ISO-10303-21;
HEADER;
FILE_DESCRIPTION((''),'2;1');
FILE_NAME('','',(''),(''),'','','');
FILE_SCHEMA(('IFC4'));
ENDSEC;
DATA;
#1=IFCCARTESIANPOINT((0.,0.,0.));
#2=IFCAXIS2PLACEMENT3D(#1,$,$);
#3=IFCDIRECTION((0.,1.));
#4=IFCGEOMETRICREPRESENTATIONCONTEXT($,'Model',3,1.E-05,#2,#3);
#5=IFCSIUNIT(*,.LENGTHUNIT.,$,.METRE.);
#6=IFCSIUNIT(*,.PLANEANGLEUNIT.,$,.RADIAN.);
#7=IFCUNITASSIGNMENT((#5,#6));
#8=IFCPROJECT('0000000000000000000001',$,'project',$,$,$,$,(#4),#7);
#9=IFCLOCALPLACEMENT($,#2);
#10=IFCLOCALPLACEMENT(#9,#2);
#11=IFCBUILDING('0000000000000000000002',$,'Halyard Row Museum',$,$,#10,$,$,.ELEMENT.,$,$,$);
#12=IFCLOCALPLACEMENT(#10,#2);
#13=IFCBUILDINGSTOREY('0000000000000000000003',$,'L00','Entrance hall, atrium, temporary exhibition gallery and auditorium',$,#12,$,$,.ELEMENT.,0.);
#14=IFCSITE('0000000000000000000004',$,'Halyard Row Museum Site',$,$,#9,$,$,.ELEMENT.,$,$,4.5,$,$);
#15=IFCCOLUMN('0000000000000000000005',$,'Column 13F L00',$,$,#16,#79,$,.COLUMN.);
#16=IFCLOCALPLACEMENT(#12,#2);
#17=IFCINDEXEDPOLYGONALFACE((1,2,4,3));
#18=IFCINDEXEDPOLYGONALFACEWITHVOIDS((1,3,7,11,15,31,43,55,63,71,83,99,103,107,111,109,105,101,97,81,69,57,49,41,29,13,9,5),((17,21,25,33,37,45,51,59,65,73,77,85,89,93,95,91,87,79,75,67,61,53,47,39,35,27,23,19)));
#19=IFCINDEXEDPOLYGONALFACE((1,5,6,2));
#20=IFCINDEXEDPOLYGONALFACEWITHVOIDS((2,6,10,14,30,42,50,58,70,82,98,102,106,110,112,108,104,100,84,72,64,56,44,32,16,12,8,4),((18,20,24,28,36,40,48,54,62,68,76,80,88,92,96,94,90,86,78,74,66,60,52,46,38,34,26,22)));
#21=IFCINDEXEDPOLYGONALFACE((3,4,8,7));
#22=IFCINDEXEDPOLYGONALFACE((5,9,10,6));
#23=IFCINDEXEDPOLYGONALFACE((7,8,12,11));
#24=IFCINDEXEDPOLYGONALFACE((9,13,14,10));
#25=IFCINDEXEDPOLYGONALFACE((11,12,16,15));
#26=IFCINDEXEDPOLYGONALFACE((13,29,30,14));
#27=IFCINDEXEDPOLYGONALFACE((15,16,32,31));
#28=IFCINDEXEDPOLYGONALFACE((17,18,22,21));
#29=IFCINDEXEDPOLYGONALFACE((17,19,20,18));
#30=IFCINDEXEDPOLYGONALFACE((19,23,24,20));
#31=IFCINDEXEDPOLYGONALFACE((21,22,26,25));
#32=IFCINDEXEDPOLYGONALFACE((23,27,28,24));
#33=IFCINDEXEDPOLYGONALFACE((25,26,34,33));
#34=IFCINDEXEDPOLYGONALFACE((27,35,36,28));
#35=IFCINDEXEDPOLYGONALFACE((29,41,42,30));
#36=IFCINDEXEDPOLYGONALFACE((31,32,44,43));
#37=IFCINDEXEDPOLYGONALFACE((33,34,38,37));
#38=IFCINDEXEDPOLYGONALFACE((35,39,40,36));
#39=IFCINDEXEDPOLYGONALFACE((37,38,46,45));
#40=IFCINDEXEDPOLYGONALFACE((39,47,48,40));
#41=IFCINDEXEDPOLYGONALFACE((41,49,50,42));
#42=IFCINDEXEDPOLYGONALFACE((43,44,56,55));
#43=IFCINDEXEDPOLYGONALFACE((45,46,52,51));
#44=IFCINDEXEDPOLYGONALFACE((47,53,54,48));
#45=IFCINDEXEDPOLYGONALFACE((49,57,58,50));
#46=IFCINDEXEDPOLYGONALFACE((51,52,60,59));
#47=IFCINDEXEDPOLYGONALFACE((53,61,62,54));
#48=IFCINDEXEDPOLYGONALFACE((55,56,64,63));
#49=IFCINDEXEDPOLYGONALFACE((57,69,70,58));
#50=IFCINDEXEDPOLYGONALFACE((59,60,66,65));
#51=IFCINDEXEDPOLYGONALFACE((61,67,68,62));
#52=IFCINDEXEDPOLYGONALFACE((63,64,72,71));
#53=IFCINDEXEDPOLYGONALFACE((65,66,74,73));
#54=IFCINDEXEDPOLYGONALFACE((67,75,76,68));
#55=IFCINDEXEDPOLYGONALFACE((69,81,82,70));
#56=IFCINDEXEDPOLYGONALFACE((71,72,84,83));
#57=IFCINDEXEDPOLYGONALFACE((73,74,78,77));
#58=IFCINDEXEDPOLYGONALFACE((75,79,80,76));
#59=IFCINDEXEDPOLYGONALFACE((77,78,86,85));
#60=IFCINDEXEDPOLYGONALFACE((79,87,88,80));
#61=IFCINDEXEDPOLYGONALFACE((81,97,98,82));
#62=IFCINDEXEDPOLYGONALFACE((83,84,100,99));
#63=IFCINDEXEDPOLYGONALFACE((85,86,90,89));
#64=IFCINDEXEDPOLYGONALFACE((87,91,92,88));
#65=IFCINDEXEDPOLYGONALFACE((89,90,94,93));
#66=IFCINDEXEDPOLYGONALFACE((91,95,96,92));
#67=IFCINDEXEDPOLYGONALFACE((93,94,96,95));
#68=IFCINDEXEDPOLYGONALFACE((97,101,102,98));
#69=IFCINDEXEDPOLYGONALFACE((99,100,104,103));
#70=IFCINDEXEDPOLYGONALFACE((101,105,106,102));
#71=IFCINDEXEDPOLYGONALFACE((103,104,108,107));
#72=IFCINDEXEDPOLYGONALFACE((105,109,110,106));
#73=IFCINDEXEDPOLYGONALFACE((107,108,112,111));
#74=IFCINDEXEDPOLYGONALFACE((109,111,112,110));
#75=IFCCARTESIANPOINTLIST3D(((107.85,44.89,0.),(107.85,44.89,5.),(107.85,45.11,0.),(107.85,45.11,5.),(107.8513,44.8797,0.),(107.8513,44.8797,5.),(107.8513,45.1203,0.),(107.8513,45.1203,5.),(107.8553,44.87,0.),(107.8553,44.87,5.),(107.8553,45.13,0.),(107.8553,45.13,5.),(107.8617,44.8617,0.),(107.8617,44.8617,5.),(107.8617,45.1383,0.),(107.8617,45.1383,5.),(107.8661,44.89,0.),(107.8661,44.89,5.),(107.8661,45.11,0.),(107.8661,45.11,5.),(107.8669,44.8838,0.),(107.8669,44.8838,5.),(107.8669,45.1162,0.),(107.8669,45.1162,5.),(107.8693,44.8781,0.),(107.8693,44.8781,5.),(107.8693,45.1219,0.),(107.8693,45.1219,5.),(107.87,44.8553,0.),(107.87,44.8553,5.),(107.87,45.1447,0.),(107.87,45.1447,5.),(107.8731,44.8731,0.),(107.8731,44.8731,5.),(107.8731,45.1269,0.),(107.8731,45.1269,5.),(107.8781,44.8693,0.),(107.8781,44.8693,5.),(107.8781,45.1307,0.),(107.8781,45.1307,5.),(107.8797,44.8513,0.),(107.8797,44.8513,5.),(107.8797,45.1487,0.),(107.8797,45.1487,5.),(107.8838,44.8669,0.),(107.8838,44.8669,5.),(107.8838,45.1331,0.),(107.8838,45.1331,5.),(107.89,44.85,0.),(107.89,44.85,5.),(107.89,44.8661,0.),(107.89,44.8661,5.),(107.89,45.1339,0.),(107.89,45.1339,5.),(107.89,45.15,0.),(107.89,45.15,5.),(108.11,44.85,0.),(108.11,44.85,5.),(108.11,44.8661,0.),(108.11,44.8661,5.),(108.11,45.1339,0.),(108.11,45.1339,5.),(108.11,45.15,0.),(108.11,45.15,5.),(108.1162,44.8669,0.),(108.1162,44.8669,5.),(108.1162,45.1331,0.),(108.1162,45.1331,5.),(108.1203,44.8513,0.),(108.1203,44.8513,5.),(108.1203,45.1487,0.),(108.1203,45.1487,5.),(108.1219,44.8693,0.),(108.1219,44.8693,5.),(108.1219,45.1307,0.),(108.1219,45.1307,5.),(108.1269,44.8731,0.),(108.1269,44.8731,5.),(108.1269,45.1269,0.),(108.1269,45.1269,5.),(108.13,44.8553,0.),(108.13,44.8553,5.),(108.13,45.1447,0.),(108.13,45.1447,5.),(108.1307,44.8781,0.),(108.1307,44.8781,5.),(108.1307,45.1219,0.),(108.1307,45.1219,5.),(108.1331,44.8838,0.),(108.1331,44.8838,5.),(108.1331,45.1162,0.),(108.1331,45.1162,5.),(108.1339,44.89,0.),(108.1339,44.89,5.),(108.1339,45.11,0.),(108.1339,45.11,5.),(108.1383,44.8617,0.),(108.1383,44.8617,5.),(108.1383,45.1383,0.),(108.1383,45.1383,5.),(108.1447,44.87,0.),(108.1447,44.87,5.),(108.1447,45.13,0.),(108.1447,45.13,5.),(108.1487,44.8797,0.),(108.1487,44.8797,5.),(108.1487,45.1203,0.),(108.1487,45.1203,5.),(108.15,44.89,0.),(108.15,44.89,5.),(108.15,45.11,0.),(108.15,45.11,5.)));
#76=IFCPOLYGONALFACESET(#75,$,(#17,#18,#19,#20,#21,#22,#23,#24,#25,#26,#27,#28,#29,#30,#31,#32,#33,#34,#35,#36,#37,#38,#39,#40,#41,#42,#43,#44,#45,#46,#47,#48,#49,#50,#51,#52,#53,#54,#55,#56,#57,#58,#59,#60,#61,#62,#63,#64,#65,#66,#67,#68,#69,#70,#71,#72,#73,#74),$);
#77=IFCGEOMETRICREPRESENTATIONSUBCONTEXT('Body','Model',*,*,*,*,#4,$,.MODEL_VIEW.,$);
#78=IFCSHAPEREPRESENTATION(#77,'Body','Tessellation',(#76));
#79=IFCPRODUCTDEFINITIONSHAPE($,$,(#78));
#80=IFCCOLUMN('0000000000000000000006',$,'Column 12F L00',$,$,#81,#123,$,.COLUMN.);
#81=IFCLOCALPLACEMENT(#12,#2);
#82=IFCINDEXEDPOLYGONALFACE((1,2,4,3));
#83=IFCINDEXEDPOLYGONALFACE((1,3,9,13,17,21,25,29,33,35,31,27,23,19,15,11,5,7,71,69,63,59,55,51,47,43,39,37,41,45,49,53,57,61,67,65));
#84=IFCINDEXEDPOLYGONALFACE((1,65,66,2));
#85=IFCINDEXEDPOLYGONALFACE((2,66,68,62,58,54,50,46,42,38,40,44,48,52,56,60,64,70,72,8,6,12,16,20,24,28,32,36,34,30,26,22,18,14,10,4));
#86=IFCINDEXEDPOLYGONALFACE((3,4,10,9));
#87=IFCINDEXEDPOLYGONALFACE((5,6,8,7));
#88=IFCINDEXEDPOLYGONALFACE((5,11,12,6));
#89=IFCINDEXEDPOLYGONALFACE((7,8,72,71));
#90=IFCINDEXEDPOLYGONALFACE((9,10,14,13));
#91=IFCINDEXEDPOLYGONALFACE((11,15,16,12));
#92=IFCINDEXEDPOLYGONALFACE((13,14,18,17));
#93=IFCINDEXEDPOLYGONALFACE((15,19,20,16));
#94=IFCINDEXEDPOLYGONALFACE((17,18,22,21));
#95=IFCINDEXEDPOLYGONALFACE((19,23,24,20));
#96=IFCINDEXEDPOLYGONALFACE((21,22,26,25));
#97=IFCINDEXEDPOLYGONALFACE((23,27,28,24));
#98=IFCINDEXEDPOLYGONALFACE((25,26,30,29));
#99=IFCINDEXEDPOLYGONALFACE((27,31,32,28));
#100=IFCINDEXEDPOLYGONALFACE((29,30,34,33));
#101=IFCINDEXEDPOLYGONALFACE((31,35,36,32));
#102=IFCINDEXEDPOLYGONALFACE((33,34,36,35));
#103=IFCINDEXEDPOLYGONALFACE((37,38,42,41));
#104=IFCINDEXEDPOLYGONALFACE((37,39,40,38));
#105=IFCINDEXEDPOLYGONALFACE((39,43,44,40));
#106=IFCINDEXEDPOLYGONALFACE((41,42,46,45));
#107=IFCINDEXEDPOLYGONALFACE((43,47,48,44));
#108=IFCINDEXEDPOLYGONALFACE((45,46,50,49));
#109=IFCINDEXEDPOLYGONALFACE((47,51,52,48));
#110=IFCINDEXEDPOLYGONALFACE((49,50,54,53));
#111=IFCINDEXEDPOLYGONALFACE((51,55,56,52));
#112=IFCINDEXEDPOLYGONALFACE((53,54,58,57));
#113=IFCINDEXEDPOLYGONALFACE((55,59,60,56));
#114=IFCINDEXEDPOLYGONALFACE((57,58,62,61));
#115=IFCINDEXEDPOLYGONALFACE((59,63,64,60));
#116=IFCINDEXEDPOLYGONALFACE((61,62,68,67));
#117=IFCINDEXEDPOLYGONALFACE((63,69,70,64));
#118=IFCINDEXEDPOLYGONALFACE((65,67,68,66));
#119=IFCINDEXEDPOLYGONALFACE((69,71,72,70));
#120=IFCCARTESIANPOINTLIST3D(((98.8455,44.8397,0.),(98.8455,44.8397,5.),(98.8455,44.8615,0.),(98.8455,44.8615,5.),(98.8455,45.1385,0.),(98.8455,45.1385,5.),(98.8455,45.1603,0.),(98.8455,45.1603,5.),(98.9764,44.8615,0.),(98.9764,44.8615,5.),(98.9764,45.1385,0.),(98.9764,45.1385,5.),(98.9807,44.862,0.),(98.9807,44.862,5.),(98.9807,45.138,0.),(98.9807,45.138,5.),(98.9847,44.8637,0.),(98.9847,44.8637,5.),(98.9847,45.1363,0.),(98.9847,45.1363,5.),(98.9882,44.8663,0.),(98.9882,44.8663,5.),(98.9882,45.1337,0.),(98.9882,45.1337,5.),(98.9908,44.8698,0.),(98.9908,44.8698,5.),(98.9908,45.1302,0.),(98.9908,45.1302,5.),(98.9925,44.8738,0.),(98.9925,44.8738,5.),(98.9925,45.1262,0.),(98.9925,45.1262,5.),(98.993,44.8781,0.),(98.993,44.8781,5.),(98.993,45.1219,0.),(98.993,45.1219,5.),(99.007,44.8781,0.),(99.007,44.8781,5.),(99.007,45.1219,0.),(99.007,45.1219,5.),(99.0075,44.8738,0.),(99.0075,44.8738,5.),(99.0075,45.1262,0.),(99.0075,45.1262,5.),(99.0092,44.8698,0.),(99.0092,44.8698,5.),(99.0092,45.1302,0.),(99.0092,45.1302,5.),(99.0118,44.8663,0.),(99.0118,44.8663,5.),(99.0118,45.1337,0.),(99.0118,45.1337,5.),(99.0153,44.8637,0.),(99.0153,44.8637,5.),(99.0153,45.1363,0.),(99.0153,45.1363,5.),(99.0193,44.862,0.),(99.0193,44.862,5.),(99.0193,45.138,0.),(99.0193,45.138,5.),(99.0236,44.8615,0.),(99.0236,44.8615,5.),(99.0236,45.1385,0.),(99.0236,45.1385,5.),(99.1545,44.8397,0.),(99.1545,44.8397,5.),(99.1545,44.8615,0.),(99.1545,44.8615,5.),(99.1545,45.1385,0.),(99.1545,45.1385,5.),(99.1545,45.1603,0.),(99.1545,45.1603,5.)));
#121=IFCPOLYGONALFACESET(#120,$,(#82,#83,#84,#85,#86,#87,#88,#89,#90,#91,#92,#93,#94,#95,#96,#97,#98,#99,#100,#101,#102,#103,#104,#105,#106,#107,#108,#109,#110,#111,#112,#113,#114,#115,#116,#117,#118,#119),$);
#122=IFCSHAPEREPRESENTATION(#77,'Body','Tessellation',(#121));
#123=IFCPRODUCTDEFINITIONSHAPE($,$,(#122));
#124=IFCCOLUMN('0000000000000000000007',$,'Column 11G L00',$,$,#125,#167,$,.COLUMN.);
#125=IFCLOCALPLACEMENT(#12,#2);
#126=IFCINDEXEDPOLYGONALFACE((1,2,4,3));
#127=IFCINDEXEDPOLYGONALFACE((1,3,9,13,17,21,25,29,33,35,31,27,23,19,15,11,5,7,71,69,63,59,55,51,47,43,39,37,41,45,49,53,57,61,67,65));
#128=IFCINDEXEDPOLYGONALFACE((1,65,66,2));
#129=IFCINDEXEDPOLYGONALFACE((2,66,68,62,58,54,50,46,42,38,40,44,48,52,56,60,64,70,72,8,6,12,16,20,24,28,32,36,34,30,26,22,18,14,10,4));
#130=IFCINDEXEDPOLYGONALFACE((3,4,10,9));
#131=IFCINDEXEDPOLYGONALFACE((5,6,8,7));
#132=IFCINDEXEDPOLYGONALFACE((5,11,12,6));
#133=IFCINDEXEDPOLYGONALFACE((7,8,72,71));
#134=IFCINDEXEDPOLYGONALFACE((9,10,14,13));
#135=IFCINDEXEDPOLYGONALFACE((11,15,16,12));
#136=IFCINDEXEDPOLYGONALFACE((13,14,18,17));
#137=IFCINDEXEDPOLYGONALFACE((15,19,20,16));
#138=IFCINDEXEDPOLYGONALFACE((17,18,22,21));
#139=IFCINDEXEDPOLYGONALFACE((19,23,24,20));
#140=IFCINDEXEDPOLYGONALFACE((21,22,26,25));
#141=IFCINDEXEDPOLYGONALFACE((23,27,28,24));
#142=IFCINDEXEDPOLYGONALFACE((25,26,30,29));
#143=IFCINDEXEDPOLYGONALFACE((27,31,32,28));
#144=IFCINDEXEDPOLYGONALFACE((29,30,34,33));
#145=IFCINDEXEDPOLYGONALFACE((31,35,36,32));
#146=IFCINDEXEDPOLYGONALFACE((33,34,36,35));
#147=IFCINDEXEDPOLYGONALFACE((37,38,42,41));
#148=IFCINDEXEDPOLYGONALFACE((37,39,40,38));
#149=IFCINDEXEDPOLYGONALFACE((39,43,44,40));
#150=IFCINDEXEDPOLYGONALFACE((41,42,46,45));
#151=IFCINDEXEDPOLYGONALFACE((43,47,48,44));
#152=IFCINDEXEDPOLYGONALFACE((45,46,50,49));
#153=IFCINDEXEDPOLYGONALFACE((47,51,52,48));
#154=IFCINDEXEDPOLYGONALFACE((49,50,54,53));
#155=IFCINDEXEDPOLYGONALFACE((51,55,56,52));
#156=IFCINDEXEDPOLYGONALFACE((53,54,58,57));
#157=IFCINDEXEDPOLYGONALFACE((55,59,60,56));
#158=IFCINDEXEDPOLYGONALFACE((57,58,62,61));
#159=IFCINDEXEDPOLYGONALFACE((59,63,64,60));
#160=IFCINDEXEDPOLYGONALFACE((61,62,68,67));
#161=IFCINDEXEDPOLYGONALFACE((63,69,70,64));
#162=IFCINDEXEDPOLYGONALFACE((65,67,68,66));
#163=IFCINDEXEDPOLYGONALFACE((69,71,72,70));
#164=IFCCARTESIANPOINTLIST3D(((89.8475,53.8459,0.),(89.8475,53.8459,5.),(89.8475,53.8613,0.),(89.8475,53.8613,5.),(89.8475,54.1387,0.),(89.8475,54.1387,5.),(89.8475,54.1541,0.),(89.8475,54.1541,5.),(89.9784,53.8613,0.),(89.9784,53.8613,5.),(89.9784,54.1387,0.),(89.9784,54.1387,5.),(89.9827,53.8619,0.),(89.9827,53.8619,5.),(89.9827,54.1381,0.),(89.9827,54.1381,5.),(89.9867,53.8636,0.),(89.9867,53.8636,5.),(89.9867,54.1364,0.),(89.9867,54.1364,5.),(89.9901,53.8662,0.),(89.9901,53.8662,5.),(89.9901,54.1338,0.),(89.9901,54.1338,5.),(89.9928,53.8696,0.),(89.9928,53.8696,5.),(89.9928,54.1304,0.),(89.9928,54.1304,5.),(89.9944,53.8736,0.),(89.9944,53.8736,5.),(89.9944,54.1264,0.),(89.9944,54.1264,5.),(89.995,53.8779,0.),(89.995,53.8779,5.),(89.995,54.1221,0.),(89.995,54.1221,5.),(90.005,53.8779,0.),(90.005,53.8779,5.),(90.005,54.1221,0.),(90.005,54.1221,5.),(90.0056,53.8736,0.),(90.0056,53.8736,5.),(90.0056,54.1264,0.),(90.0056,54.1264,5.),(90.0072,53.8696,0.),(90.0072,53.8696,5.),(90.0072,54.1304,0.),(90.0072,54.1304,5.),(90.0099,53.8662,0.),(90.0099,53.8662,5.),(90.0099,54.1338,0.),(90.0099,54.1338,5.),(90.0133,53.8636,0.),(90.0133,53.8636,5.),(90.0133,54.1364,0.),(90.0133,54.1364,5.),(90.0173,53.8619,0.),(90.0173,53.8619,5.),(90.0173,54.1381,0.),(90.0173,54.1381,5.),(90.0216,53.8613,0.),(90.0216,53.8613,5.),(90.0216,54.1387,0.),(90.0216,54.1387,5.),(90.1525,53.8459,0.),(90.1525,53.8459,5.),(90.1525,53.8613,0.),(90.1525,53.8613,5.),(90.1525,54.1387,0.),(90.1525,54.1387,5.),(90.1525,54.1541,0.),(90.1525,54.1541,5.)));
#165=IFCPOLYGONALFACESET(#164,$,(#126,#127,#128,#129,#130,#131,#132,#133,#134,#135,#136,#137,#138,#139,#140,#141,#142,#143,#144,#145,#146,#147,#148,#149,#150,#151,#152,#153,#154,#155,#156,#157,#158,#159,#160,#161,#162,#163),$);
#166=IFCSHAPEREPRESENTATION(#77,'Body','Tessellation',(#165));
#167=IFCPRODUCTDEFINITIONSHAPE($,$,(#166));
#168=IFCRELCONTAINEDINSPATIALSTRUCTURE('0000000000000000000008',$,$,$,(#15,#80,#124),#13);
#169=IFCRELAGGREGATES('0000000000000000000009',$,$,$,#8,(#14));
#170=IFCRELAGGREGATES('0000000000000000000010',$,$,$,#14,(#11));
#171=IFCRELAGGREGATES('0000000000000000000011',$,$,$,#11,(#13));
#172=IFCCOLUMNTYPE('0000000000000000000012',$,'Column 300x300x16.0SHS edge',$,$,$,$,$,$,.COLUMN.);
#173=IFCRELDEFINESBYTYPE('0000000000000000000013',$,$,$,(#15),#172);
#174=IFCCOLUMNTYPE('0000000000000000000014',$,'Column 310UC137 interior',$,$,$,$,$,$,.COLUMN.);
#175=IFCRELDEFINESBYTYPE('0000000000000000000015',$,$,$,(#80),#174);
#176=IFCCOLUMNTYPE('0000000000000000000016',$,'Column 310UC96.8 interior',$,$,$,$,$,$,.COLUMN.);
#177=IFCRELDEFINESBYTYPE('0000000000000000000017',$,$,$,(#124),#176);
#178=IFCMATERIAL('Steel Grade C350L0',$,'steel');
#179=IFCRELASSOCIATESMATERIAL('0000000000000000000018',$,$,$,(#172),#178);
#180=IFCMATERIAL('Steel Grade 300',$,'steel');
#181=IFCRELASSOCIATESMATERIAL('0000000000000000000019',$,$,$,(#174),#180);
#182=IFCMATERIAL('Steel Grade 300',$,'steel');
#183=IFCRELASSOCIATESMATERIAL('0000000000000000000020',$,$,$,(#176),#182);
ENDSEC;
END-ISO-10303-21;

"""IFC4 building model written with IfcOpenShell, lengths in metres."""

from ifc_helpers import new_model, si_unit, direction, frame, origin, origin_2d, place, context, subcontext, project, spatial, hollow_rectangle, i_section, extrude, material, material_profile, profile_set, type_object, element, save


model = new_model("IFC4")

# Units and contexts
model_context = context("Model", 3, precision=1e-05, world=origin(), true_north=direction((0.0, 1.0)))
body_context = subcontext(model_context, "Body", "Model", "MODEL_VIEW")
ifc_project = project(units=[si_unit("LENGTHUNIT", "METRE"), si_unit("PLANEANGLEUNIT", "RADIAN")], contexts=[model_context])

# Site, building, storey
site_placement = place(None, origin())
site = spatial("IfcSite", under=ifc_project, at=site_placement, Name="Halyard Row Museum Site", CompositionType="ELEMENT", RefElevation=4.5)
building_placement = place(site_placement, origin())
building = spatial("IfcBuilding", under=site, at=building_placement, Name="Halyard Row Museum", CompositionType="ELEMENT")
storey_placement = place(building_placement, origin())
storey = spatial("IfcBuildingStorey", under=building, at=storey_placement, Name="L00", Description="Entrance hall, atrium, temporary exhibition gallery and auditorium", CompositionType="ELEMENT", Elevation=0.0)

# Columns
ifc_material_1 = material(Name="Steel Grade C350L0", Category="steel")
ifc_material_profile_1 = material_profile(ifc_material_1, hollow_rectangle(XDim=0.3, YDim=0.3, WallThickness=0.0161, InnerFilletRadius=0.0239, OuterFilletRadius=0.04, at=origin_2d()), Name="300x300x16.0SHS")
ifc_profile_set_1 = profile_set([ifc_material_profile_1], Name="Steel Grade C350L0")
column_type_1 = type_object("IfcColumnType", Name="Column 300x300x16.0SHS edge", PredefinedType="COLUMN", material=ifc_profile_set_1)
column_1_placement = place(storey_placement, frame((108.0, 45.0, 0.0), z_axis=(0.0, 0.0, 1.0), x_axis=(1.0, 0.0, 0.0)))
element("IfcColumn", 1, at=column_1_placement, inside=storey, type_object=column_type_1, Name="Column 13F L00", PredefinedType="COLUMN", context=body_context, shape_type="SweptSolid", body=[
    extrude(hollow_rectangle(XDim=0.3, YDim=0.3, WallThickness=0.0161, InnerFilletRadius=0.0239, OuterFilletRadius=0.04, at=origin_2d()), origin(), (0.0, 0.0, 1.0), 5.0),
])
ifc_material_2 = material(Name="Steel Grade 300", Category="steel")
ifc_material_profile_2 = material_profile(ifc_material_2, i_section(OverallWidth=0.3091, OverallDepth=0.3206, WebThickness=0.0139, FlangeThickness=0.0217, FilletRadius=0.0166, at=origin_2d()), Name="310UC137")
ifc_profile_set_2 = profile_set([ifc_material_profile_2], Name="Steel Grade 300")
column_type_2 = type_object("IfcColumnType", Name="Column 310UC137 interior", PredefinedType="COLUMN", material=ifc_profile_set_2)
column_2_placement = place(storey_placement, frame((99.0, 45.0, 0.0), z_axis=(0.0, 0.0, 1.0), x_axis=(1.0, 0.0, 0.0)))
element("IfcColumn", 2, at=column_2_placement, inside=storey, type_object=column_type_2, Name="Column 12F L00", PredefinedType="COLUMN", context=body_context, shape_type="SweptSolid", body=[
    extrude(i_section(OverallWidth=0.3091, OverallDepth=0.3206, WebThickness=0.0139, FlangeThickness=0.0217, FilletRadius=0.0166, at=origin_2d()), origin(), (0.0, 0.0, 1.0), 5.0),
])
ifc_material_3 = material(Name="Steel Grade 300", Category="steel")
ifc_material_profile_3 = material_profile(ifc_material_3, i_section(OverallWidth=0.3049, OverallDepth=0.3081, WebThickness=0.01, FlangeThickness=0.0154, FilletRadius=0.0166, at=origin_2d()), Name="310UC96.8")
ifc_profile_set_3 = profile_set([ifc_material_profile_3], Name="Steel Grade 300")
column_type_3 = type_object("IfcColumnType", Name="Column 310UC96.8 interior", PredefinedType="COLUMN", material=ifc_profile_set_3)
column_3_placement = place(storey_placement, frame((90.0, 54.0, 0.0), z_axis=(0.0, 0.0, 1.0), x_axis=(1.0, 0.0, 0.0)))
element("IfcColumn", 3, at=column_3_placement, inside=storey, type_object=column_type_3, Name="Column 11G L00", PredefinedType="COLUMN", context=body_context, shape_type="SweptSolid", body=[
    extrude(i_section(OverallWidth=0.3049, OverallDepth=0.3081, WebThickness=0.01, FlangeThickness=0.0154, FilletRadius=0.0166, at=origin_2d()), origin(), (0.0, 0.0, 1.0), 5.0),
])

save(model, "model.ifc")
